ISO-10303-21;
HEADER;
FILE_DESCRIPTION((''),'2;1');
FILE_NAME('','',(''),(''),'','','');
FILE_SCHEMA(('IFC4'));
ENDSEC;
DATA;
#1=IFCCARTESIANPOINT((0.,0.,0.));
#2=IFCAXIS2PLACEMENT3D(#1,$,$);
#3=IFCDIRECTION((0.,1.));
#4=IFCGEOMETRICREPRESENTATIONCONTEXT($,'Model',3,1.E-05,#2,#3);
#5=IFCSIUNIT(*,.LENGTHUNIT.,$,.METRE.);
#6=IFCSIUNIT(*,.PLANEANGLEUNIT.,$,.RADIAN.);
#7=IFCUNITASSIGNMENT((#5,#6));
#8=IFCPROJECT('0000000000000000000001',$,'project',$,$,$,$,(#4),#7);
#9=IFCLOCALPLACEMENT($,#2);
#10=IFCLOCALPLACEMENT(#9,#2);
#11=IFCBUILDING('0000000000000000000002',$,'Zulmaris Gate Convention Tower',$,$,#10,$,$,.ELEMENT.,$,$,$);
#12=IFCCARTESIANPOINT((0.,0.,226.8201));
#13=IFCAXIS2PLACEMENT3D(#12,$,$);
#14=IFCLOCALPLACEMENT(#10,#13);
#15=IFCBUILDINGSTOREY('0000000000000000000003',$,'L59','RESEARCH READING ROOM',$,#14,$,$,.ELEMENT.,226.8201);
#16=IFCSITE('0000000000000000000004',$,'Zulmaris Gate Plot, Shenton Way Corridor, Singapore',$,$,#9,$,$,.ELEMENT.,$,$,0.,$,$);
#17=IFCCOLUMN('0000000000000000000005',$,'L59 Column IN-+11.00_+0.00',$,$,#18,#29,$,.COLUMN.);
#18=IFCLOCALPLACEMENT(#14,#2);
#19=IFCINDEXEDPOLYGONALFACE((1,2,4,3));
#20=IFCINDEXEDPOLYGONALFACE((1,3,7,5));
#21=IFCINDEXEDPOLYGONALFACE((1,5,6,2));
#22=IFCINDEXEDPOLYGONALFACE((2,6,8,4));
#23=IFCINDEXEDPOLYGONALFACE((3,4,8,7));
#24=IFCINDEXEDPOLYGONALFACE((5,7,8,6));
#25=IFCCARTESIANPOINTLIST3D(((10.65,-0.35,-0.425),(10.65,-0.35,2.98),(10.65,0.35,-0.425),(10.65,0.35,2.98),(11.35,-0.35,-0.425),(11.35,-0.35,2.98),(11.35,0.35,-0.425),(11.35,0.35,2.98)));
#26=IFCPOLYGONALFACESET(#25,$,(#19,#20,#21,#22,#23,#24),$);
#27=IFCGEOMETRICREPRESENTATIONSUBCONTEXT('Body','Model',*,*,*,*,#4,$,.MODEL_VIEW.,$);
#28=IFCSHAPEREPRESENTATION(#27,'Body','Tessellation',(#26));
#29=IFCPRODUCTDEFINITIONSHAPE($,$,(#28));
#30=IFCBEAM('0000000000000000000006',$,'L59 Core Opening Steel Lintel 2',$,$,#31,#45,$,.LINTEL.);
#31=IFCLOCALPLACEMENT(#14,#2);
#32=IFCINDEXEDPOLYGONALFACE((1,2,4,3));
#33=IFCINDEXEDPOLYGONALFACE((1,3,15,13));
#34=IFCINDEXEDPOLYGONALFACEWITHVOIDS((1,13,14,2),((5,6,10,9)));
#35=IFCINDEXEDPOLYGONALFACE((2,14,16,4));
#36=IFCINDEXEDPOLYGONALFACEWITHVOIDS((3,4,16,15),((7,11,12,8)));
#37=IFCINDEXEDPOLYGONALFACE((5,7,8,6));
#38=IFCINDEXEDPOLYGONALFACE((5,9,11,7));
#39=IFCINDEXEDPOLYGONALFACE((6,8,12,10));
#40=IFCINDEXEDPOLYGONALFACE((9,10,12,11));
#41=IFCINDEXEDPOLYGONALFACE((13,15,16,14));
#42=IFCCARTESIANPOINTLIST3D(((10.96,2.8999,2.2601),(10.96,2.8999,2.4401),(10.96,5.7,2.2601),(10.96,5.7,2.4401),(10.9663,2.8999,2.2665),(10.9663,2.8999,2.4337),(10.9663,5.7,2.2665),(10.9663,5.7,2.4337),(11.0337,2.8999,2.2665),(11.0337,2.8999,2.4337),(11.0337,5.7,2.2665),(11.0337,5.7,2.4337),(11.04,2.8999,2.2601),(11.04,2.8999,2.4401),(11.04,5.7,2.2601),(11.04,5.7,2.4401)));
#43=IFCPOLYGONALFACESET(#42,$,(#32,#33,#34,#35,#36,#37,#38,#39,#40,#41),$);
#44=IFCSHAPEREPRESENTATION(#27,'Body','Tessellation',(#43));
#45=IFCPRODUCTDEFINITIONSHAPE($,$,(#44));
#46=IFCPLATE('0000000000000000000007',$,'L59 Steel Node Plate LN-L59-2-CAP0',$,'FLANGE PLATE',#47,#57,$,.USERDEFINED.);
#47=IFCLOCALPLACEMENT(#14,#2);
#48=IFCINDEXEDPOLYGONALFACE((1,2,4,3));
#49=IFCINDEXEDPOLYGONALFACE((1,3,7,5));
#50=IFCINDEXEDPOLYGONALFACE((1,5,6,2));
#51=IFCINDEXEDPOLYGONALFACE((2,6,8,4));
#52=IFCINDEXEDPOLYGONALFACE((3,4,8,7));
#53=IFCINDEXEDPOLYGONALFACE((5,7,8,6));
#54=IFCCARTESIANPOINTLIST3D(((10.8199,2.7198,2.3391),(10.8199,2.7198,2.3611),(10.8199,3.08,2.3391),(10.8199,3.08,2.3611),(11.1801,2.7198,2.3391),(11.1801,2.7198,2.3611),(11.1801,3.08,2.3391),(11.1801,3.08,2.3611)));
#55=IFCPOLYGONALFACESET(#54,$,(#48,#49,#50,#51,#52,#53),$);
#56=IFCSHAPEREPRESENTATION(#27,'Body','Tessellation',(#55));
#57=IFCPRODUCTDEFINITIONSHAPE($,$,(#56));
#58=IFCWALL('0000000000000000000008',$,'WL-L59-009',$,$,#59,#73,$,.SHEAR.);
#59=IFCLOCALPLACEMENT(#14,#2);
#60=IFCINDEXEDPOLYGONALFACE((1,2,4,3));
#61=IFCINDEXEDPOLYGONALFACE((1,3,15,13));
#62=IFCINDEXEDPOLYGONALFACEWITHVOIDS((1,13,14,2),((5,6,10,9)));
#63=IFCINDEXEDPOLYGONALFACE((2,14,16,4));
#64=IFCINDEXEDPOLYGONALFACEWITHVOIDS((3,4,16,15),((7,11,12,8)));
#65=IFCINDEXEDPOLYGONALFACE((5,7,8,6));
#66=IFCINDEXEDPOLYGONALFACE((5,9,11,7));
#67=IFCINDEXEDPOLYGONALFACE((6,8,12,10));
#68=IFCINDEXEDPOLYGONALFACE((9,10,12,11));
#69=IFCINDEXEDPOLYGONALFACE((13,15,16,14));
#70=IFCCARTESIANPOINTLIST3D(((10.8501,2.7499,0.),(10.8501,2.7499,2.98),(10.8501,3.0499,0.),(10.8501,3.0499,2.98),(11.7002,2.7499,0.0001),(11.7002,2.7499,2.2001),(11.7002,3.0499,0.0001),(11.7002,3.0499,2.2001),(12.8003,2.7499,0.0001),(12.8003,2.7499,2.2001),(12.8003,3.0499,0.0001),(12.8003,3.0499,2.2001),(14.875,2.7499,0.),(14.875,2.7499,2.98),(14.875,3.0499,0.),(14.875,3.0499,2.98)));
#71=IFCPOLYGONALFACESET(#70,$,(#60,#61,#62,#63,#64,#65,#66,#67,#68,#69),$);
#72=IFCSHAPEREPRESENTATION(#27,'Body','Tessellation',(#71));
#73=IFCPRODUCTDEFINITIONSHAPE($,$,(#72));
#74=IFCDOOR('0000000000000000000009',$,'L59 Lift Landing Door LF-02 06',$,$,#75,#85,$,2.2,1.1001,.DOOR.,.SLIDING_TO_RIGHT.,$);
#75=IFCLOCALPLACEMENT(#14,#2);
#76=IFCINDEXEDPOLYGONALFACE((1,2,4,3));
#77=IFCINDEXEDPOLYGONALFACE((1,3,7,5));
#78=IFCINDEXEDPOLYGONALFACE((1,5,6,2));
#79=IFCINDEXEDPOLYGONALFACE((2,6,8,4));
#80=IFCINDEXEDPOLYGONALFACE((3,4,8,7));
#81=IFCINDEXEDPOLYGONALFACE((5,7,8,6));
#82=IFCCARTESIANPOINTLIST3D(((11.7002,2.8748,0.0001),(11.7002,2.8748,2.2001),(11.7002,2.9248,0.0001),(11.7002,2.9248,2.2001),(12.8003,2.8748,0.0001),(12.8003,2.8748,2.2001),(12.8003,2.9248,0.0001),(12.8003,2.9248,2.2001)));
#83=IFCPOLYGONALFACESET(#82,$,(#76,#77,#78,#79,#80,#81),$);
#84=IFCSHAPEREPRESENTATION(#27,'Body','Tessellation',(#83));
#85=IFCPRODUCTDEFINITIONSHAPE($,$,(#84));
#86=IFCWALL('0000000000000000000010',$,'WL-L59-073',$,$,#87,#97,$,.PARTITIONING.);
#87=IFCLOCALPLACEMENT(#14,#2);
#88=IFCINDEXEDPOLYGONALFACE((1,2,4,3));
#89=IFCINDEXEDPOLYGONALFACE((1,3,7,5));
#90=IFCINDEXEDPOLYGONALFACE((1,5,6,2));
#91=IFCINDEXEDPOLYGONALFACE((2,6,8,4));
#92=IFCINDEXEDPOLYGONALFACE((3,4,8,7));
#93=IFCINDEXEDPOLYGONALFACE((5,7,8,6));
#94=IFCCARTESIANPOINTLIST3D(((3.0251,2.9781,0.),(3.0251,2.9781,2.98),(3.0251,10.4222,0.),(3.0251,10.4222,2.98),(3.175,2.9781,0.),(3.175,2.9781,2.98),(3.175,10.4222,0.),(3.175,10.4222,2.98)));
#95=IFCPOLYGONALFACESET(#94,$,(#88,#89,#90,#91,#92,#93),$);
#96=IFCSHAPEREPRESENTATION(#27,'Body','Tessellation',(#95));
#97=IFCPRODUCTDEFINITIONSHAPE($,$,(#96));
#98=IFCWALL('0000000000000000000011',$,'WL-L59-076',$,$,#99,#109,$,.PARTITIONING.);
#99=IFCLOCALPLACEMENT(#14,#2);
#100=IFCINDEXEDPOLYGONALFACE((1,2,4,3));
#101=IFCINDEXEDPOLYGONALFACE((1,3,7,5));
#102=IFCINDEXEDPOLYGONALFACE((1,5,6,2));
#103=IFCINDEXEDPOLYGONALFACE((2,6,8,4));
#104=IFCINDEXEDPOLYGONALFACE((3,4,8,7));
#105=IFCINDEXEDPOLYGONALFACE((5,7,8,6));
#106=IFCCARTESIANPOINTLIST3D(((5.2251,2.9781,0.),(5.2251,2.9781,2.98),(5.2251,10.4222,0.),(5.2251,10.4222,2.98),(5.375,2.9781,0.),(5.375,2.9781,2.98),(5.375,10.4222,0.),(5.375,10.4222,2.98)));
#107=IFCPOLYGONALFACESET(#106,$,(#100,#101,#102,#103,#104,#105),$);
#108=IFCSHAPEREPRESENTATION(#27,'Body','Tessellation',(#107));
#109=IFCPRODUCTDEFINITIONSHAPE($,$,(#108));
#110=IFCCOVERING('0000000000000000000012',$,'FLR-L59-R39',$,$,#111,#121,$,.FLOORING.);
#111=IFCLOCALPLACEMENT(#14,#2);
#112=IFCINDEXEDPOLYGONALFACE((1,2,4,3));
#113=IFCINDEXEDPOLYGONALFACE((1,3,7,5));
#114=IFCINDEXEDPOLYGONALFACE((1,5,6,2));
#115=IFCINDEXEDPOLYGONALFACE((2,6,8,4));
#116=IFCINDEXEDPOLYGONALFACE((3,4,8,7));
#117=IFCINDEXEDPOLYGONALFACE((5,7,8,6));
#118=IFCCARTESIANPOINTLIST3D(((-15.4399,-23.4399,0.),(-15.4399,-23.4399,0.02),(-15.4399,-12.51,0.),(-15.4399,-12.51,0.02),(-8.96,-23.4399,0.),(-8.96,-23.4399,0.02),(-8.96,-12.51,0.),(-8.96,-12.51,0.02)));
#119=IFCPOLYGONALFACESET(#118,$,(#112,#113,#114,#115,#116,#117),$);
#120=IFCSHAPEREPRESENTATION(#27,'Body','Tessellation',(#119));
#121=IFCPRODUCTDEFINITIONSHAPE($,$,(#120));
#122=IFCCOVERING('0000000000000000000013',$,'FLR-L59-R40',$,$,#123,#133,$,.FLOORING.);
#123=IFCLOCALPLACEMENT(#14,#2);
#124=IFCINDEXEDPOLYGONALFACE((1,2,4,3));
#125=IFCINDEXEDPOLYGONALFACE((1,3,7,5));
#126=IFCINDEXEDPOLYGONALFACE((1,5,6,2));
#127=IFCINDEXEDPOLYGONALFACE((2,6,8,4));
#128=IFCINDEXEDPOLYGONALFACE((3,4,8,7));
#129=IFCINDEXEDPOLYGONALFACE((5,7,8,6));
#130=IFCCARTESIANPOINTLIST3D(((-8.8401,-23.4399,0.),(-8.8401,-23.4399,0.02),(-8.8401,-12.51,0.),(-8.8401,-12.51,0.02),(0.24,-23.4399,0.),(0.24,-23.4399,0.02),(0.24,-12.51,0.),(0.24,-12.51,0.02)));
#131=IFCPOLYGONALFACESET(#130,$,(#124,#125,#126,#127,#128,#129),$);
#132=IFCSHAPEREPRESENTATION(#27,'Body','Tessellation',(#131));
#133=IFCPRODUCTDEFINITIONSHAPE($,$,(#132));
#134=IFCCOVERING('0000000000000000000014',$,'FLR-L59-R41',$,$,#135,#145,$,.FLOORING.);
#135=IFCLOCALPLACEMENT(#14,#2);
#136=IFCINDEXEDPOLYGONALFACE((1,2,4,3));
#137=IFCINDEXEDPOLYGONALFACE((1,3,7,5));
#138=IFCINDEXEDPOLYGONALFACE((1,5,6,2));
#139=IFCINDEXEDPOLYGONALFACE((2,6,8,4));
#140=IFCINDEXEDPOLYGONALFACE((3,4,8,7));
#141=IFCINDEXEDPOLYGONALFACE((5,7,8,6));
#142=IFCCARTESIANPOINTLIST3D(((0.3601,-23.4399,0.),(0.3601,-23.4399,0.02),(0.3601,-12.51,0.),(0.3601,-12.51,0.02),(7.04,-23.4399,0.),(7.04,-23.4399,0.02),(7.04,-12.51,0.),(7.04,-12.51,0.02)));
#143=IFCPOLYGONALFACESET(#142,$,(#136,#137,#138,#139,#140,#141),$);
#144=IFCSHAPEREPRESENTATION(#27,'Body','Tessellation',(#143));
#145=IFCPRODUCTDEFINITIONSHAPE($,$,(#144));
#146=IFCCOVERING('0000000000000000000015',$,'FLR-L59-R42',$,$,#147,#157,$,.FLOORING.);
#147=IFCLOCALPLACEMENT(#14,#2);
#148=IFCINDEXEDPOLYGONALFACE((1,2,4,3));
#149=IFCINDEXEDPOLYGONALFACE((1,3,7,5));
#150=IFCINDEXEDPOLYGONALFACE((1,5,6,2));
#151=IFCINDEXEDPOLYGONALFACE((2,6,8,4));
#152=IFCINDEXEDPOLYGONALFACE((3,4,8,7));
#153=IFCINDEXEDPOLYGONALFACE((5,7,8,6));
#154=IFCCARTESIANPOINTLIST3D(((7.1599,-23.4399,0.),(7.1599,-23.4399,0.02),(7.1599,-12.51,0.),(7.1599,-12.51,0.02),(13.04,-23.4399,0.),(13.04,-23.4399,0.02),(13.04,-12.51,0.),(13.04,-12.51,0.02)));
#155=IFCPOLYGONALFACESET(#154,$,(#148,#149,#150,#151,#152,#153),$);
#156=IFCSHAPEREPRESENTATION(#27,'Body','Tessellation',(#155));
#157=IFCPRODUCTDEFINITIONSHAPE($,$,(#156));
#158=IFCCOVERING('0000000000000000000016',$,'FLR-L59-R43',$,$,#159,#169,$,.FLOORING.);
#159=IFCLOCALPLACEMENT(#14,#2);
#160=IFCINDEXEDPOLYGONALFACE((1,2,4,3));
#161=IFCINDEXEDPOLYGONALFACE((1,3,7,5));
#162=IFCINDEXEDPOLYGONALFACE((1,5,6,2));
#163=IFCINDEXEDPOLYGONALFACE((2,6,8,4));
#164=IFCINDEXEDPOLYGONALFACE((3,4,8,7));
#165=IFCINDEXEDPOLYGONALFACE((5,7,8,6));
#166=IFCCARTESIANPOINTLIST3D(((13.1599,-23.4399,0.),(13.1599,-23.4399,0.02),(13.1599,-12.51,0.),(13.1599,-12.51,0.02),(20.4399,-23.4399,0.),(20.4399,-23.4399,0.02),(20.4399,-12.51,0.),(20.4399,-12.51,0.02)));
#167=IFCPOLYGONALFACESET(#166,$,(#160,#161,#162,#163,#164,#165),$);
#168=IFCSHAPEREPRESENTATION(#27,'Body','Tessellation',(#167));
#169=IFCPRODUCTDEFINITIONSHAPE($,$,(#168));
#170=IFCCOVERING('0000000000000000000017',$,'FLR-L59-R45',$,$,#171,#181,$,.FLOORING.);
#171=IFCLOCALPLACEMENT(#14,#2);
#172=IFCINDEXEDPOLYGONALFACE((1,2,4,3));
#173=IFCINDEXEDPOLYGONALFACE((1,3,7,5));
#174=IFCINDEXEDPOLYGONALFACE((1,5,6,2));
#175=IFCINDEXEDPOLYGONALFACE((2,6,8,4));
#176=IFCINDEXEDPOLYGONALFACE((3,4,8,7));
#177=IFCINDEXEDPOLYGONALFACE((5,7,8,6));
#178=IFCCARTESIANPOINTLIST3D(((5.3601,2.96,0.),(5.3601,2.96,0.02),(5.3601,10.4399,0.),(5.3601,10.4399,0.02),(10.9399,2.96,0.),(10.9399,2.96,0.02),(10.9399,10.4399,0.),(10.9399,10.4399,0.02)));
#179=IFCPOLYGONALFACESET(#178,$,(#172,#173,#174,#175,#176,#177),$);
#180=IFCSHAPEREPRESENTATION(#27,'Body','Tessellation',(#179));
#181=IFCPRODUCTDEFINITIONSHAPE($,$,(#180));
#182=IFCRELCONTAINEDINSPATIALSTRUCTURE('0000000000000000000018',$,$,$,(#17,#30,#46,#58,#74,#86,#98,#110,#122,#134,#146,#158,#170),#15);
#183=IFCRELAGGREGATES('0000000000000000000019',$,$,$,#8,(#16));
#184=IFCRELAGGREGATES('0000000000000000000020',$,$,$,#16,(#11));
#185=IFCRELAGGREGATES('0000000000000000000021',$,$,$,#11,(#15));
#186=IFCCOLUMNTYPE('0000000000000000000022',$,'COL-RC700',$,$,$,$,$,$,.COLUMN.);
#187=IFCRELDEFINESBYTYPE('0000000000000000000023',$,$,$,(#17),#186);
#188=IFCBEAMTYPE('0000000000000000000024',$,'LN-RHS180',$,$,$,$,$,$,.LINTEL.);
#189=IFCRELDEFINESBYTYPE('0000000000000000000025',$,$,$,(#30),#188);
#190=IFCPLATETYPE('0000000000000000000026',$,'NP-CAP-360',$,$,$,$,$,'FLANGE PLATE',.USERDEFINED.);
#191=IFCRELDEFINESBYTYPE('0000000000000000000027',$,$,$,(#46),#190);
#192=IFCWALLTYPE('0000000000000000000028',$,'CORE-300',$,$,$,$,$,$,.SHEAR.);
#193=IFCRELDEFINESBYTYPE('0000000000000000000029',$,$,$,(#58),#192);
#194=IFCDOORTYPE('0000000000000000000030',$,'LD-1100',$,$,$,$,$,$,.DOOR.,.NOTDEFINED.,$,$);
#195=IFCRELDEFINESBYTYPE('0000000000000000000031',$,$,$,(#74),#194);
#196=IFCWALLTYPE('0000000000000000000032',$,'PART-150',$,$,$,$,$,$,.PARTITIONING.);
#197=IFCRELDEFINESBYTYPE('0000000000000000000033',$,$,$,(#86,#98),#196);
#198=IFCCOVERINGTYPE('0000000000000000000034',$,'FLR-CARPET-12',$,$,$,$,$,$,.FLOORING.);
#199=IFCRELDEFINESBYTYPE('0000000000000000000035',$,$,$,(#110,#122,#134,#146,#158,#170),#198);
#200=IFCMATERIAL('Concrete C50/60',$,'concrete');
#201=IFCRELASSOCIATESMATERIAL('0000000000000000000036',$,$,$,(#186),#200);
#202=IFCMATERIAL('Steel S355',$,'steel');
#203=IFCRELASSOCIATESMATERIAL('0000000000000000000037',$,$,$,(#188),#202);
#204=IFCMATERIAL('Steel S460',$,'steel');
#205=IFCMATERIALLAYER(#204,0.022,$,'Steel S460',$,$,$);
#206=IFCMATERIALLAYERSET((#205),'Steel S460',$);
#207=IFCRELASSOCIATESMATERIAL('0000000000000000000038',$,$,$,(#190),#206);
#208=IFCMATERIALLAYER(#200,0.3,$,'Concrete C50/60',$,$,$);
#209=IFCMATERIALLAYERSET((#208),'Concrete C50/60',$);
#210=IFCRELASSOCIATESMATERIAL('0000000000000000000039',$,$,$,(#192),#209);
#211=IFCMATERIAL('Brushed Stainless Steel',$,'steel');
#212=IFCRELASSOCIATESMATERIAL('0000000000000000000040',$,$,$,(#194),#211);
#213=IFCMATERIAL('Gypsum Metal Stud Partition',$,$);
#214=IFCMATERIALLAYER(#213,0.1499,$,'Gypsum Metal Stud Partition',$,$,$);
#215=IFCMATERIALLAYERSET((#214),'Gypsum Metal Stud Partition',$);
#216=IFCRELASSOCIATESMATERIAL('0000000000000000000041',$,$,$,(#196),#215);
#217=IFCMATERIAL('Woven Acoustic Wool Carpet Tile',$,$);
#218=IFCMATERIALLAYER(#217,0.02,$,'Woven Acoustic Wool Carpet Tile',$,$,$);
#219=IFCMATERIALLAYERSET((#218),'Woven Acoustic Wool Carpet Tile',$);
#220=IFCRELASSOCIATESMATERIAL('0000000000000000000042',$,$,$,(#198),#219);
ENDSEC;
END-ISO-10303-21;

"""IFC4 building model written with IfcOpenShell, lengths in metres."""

from ifc_helpers import new_model, si_unit, direction, frame, frame_2d, origin, origin_2d, place, context, subcontext, project, spatial, polyline, rectangle, hollow_rectangle, outline, extrude, material, layer, layer_set, material_profile, profile_set, type_object, element, fill, save


model = new_model("IFC4")

# Units and contexts
model_context = context("Model", 3, precision=1e-05, world=origin(), true_north=direction((0.0, 1.0)))
body_context = subcontext(model_context, "Body", "Model", "MODEL_VIEW")
ifc_project = project(units=[si_unit("LENGTHUNIT", "METRE"), si_unit("PLANEANGLEUNIT", "RADIAN")], contexts=[model_context])

# Site, building, storey
site_placement = place(None, origin())
site = spatial("IfcSite", under=ifc_project, at=site_placement, Name="Zulmaris Gate Plot, Shenton Way Corridor, Singapore", CompositionType="ELEMENT", RefElevation=0.0)
building_placement = place(site_placement, origin())
building = spatial("IfcBuilding", under=site, at=building_placement, Name="Zulmaris Gate Convention Tower", CompositionType="ELEMENT")
storey_placement = place(building_placement, frame((0.0, 0.0, 226.8201)))
storey = spatial("IfcBuildingStorey", under=building, at=storey_placement, Name="L59", Description="RESEARCH READING ROOM", CompositionType="ELEMENT", Elevation=226.8201)

# Column
ifc_material_1 = material(Name="Concrete C50/60", Category="concrete")
ifc_material_profile_1 = material_profile(ifc_material_1, rectangle(XDim=0.7, YDim=0.7, at=origin_2d()), Name="RC COL 700x700")
ifc_profile_set_1 = profile_set([ifc_material_profile_1], Name="Concrete C50/60")
column_type = type_object("IfcColumnType", Name="COL-RC700", PredefinedType="COLUMN", material=ifc_profile_set_1)
column_placement = place(storey_placement, frame((11.0, 0.0, -0.425), z_axis=(0.0, 0.0, 1.0), x_axis=(1.0, 0.0, 0.0)))
element("IfcColumn", 1, at=column_placement, inside=storey, type_object=column_type, Name="L59 Column IN-+11.00_+0.00", PredefinedType="COLUMN", context=body_context, shape_type="SweptSolid", body=[
    extrude(rectangle(XDim=0.7, YDim=0.7, at=origin_2d()), origin(), (0.0, 0.0, 1.0), 3.405),
])

# Beam
ifc_material_2 = material(Name="Steel S355", Category="steel")
ifc_material_profile_2 = material_profile(ifc_material_2, hollow_rectangle(XDim=0.0801, YDim=0.1799, WallThickness=0.0063, at=origin_2d()), Name="RHS 180x80x6.3")
ifc_profile_set_2 = profile_set([ifc_material_profile_2], Name="Steel S355")
beam_type = type_object("IfcBeamType", Name="LN-RHS180", PredefinedType="LINTEL", material=ifc_profile_set_2)
beam_placement = place(storey_placement, frame((11.0, 2.8999, 2.3501), z_axis=(0.0, 1.0, 0.0), x_axis=(-1.0, 0.0, 0.0)))
element("IfcBeam", 2, at=beam_placement, inside=storey, type_object=beam_type, Name="L59 Core Opening Steel Lintel 2", PredefinedType="LINTEL", context=body_context, shape_type="SweptSolid", body=[
    extrude(hollow_rectangle(XDim=0.0801, YDim=0.1799, WallThickness=0.0063, at=origin_2d()), origin(), (0.0, 0.0, 1.0), 2.8),
])

# Plate
ifc_material_3 = material(Name="Steel S460", Category="steel")
ifc_layer_1 = layer(ifc_material_3, 0.022, Name="Steel S460")
ifc_layer_set_1 = layer_set([ifc_layer_1], Name="Steel S460")
plate_type = type_object("IfcPlateType", Name="NP-CAP-360", ElementType="FLANGE PLATE", PredefinedType="USERDEFINED", material=ifc_layer_set_1)
plate_placement = place(storey_placement, frame((11.0, 2.8999, 2.3391), z_axis=(0.0, 0.0, 1.0), x_axis=(1.0, 0.0, 0.0)))
element("IfcPlate", 3, at=plate_placement, inside=storey, type_object=plate_type, Name="L59 Steel Node Plate LN-L59-2-CAP0", ObjectType="FLANGE PLATE", PredefinedType="USERDEFINED", context=body_context, shape_type="SweptSolid", body=[
    extrude(rectangle(XDim=0.3601, YDim=0.3601, at=origin_2d()), origin(), (0.0, 0.0, 1.0), 0.022),
])

# Wall, opening, door
ifc_layer_2 = layer(ifc_material_1, 0.3, Name="Concrete C50/60")
ifc_layer_set_2 = layer_set([ifc_layer_2], Name="Concrete C50/60")
wall_type_1 = type_object("IfcWallType", Name="CORE-300", PredefinedType="SHEAR", material=ifc_layer_set_2)
wall_1_placement = place(storey_placement, frame((10.8501, 2.8999, 0.0), z_axis=(0.0, 0.0, 1.0), x_axis=(1.0, 0.0, 0.0)))
wall_1 = element("IfcWall", 4, at=wall_1_placement, inside=storey, type_object=wall_type_1, Name="WL-L59-009", PredefinedType="SHEAR", context=body_context, shape_type="SweptSolid", body=[
    extrude(rectangle(XDim=4.0249, YDim=0.3, at=frame_2d((2.0125, 0.0))), origin(), (0.0, 0.0, 1.0), 2.98),
])
opening_1_placement = place(wall_1_placement, frame((0.8501, 0.0, 0.0)))
opening_1 = element("IfcOpeningElement", 5, at=opening_1_placement, cuts=wall_1, PredefinedType="OPENING", context=body_context, shape_type="SweptSolid", body=[
    extrude(rectangle(XDim=1.1001, YDim=2.2, at=frame_2d((0.55, 1.1001))), frame((0.0, 0.1602, 0.0), z_axis=(0.0, -1.0, 0.0), x_axis=(1.0, 0.0, 0.0)), (0.0, 0.0, 1.0), 0.3201),
])
ifc_material_4 = material(Name="Brushed Stainless Steel", Category="steel")
door_type_1 = type_object("IfcDoorType", Name="LD-1100", OperationType="NOTDEFINED", PredefinedType="DOOR", material=ifc_material_4)
door_1_placement = place(opening_1_placement, origin())
door_1 = element("IfcDoor", 6, at=door_1_placement, inside=storey, type_object=door_type_1, Name="L59 Lift Landing Door LF-02 06", OperationType="SLIDING_TO_RIGHT", OverallHeight=2.2, OverallWidth=1.1001, PredefinedType="DOOR", context=body_context, shape_type="SweptSolid", body=[
    extrude(rectangle(XDim=1.1001, YDim=2.2, at=frame_2d((0.55, 1.1001))), frame((0.0, 0.0249, 0.0), z_axis=(0.0, -1.0, 0.0), x_axis=(1.0, 0.0, 0.0)), (0.0, 0.0, 1.0), 0.05),
])
fill(opening_1, door_1)

# Walls
ifc_material_5 = material(Name="Gypsum Metal Stud Partition")
ifc_layer_3 = layer(ifc_material_5, 0.1499, Name="Gypsum Metal Stud Partition")
ifc_layer_set_3 = layer_set([ifc_layer_3], Name="Gypsum Metal Stud Partition")
wall_type_2 = type_object("IfcWallType", Name="PART-150", PredefinedType="PARTITIONING", material=ifc_layer_set_3)
for number, where, z_axis, x_axis, name in (
    (7, (3.1001, 2.978, 0.0), (0.0, 0.0, 1.0), (0.0, 1.0, 0.0), "WL-L59-073"),
    (8, (5.3, 2.978, 0.0), (0.0, 0.0, 1.0), (0.0, 1.0, 0.0), "WL-L59-076"),
):
    element("IfcWall", number, at=place(storey_placement, frame(where, z_axis=z_axis, x_axis=x_axis)), inside=storey, type_object=wall_type_2, Name=name, PredefinedType="PARTITIONING", context=body_context, shape_type="SweptSolid", body=[
        extrude(rectangle(XDim=7.4441, YDim=0.1499, at=frame_2d((3.7222, 0.0))), origin(), (0.0, 0.0, 1.0), 2.98),
    ])

# Coverings
ifc_material_6 = material(Name="Woven Acoustic Wool Carpet Tile")
ifc_layer_4 = layer(ifc_material_6, 0.02, Name="Woven Acoustic Wool Carpet Tile")
ifc_layer_set_4 = layer_set([ifc_layer_4], Name="Woven Acoustic Wool Carpet Tile")
covering_type_1 = type_object("IfcCoveringType", Name="FLR-CARPET-12", PredefinedType="FLOORING", material=ifc_layer_set_4)
covering_1_placement = place(storey_placement, origin())
element("IfcCovering", 9, at=covering_1_placement, inside=storey, type_object=covering_type_1, Name="FLR-L59-R39", PredefinedType="FLOORING", context=body_context, shape_type="SweptSolid", body=[
    extrude(outline(polyline([(-15.4399, -23.4399), (-8.96, -23.4399), (-8.96, -12.51), (-15.4399, -12.51), (-15.4399, -23.4399)])), origin(), (0.0, 0.0, 1.0), 0.02),
])
covering_2_placement = place(storey_placement, origin())
element("IfcCovering", 10, at=covering_2_placement, inside=storey, type_object=covering_type_1, Name="FLR-L59-R40", PredefinedType="FLOORING", context=body_context, shape_type="SweptSolid", body=[
    extrude(outline(polyline([(-8.8401, -23.4399), (0.24, -23.4399), (0.24, -12.51), (-8.8401, -12.51), (-8.8401, -23.4399)])), origin(), (0.0, 0.0, 1.0), 0.02),
])
covering_3_placement = place(storey_placement, origin())
element("IfcCovering", 11, at=covering_3_placement, inside=storey, type_object=covering_type_1, Name="FLR-L59-R41", PredefinedType="FLOORING", context=body_context, shape_type="SweptSolid", body=[
    extrude(outline(polyline([(0.3601, -23.4399), (7.04, -23.4399), (7.04, -12.51), (0.3601, -12.51), (0.3601, -23.4399)])), origin(), (0.0, 0.0, 1.0), 0.02),
])
covering_4_placement = place(storey_placement, origin())
element("IfcCovering", 12, at=covering_4_placement, inside=storey, type_object=covering_type_1, Name="FLR-L59-R42", PredefinedType="FLOORING", context=body_context, shape_type="SweptSolid", body=[
    extrude(outline(polyline([(7.1599, -23.4399), (13.04, -23.4399), (13.04, -12.51), (7.1599, -12.51), (7.1599, -23.4399)])), origin(), (0.0, 0.0, 1.0), 0.02),
])
covering_5_placement = place(storey_placement, origin())
element("IfcCovering", 13, at=covering_5_placement, inside=storey, type_object=covering_type_1, Name="FLR-L59-R43", PredefinedType="FLOORING", context=body_context, shape_type="SweptSolid", body=[
    extrude(outline(polyline([(13.1599, -23.4399), (20.4399, -23.4399), (20.4399, -12.51), (13.1599, -12.51), (13.1599, -23.4399)])), origin(), (0.0, 0.0, 1.0), 0.02),
])
covering_6_placement = place(storey_placement, origin())
element("IfcCovering", 14, at=covering_6_placement, inside=storey, type_object=covering_type_1, Name="FLR-L59-R45", PredefinedType="FLOORING", context=body_context, shape_type="SweptSolid", body=[
    extrude(outline(polyline([(5.3601, 2.96), (10.9399, 2.96), (10.9399, 10.4399), (5.3601, 10.4399), (5.3601, 2.96)])), origin(), (0.0, 0.0, 1.0), 0.02),
])

save(model, "model.ifc")
